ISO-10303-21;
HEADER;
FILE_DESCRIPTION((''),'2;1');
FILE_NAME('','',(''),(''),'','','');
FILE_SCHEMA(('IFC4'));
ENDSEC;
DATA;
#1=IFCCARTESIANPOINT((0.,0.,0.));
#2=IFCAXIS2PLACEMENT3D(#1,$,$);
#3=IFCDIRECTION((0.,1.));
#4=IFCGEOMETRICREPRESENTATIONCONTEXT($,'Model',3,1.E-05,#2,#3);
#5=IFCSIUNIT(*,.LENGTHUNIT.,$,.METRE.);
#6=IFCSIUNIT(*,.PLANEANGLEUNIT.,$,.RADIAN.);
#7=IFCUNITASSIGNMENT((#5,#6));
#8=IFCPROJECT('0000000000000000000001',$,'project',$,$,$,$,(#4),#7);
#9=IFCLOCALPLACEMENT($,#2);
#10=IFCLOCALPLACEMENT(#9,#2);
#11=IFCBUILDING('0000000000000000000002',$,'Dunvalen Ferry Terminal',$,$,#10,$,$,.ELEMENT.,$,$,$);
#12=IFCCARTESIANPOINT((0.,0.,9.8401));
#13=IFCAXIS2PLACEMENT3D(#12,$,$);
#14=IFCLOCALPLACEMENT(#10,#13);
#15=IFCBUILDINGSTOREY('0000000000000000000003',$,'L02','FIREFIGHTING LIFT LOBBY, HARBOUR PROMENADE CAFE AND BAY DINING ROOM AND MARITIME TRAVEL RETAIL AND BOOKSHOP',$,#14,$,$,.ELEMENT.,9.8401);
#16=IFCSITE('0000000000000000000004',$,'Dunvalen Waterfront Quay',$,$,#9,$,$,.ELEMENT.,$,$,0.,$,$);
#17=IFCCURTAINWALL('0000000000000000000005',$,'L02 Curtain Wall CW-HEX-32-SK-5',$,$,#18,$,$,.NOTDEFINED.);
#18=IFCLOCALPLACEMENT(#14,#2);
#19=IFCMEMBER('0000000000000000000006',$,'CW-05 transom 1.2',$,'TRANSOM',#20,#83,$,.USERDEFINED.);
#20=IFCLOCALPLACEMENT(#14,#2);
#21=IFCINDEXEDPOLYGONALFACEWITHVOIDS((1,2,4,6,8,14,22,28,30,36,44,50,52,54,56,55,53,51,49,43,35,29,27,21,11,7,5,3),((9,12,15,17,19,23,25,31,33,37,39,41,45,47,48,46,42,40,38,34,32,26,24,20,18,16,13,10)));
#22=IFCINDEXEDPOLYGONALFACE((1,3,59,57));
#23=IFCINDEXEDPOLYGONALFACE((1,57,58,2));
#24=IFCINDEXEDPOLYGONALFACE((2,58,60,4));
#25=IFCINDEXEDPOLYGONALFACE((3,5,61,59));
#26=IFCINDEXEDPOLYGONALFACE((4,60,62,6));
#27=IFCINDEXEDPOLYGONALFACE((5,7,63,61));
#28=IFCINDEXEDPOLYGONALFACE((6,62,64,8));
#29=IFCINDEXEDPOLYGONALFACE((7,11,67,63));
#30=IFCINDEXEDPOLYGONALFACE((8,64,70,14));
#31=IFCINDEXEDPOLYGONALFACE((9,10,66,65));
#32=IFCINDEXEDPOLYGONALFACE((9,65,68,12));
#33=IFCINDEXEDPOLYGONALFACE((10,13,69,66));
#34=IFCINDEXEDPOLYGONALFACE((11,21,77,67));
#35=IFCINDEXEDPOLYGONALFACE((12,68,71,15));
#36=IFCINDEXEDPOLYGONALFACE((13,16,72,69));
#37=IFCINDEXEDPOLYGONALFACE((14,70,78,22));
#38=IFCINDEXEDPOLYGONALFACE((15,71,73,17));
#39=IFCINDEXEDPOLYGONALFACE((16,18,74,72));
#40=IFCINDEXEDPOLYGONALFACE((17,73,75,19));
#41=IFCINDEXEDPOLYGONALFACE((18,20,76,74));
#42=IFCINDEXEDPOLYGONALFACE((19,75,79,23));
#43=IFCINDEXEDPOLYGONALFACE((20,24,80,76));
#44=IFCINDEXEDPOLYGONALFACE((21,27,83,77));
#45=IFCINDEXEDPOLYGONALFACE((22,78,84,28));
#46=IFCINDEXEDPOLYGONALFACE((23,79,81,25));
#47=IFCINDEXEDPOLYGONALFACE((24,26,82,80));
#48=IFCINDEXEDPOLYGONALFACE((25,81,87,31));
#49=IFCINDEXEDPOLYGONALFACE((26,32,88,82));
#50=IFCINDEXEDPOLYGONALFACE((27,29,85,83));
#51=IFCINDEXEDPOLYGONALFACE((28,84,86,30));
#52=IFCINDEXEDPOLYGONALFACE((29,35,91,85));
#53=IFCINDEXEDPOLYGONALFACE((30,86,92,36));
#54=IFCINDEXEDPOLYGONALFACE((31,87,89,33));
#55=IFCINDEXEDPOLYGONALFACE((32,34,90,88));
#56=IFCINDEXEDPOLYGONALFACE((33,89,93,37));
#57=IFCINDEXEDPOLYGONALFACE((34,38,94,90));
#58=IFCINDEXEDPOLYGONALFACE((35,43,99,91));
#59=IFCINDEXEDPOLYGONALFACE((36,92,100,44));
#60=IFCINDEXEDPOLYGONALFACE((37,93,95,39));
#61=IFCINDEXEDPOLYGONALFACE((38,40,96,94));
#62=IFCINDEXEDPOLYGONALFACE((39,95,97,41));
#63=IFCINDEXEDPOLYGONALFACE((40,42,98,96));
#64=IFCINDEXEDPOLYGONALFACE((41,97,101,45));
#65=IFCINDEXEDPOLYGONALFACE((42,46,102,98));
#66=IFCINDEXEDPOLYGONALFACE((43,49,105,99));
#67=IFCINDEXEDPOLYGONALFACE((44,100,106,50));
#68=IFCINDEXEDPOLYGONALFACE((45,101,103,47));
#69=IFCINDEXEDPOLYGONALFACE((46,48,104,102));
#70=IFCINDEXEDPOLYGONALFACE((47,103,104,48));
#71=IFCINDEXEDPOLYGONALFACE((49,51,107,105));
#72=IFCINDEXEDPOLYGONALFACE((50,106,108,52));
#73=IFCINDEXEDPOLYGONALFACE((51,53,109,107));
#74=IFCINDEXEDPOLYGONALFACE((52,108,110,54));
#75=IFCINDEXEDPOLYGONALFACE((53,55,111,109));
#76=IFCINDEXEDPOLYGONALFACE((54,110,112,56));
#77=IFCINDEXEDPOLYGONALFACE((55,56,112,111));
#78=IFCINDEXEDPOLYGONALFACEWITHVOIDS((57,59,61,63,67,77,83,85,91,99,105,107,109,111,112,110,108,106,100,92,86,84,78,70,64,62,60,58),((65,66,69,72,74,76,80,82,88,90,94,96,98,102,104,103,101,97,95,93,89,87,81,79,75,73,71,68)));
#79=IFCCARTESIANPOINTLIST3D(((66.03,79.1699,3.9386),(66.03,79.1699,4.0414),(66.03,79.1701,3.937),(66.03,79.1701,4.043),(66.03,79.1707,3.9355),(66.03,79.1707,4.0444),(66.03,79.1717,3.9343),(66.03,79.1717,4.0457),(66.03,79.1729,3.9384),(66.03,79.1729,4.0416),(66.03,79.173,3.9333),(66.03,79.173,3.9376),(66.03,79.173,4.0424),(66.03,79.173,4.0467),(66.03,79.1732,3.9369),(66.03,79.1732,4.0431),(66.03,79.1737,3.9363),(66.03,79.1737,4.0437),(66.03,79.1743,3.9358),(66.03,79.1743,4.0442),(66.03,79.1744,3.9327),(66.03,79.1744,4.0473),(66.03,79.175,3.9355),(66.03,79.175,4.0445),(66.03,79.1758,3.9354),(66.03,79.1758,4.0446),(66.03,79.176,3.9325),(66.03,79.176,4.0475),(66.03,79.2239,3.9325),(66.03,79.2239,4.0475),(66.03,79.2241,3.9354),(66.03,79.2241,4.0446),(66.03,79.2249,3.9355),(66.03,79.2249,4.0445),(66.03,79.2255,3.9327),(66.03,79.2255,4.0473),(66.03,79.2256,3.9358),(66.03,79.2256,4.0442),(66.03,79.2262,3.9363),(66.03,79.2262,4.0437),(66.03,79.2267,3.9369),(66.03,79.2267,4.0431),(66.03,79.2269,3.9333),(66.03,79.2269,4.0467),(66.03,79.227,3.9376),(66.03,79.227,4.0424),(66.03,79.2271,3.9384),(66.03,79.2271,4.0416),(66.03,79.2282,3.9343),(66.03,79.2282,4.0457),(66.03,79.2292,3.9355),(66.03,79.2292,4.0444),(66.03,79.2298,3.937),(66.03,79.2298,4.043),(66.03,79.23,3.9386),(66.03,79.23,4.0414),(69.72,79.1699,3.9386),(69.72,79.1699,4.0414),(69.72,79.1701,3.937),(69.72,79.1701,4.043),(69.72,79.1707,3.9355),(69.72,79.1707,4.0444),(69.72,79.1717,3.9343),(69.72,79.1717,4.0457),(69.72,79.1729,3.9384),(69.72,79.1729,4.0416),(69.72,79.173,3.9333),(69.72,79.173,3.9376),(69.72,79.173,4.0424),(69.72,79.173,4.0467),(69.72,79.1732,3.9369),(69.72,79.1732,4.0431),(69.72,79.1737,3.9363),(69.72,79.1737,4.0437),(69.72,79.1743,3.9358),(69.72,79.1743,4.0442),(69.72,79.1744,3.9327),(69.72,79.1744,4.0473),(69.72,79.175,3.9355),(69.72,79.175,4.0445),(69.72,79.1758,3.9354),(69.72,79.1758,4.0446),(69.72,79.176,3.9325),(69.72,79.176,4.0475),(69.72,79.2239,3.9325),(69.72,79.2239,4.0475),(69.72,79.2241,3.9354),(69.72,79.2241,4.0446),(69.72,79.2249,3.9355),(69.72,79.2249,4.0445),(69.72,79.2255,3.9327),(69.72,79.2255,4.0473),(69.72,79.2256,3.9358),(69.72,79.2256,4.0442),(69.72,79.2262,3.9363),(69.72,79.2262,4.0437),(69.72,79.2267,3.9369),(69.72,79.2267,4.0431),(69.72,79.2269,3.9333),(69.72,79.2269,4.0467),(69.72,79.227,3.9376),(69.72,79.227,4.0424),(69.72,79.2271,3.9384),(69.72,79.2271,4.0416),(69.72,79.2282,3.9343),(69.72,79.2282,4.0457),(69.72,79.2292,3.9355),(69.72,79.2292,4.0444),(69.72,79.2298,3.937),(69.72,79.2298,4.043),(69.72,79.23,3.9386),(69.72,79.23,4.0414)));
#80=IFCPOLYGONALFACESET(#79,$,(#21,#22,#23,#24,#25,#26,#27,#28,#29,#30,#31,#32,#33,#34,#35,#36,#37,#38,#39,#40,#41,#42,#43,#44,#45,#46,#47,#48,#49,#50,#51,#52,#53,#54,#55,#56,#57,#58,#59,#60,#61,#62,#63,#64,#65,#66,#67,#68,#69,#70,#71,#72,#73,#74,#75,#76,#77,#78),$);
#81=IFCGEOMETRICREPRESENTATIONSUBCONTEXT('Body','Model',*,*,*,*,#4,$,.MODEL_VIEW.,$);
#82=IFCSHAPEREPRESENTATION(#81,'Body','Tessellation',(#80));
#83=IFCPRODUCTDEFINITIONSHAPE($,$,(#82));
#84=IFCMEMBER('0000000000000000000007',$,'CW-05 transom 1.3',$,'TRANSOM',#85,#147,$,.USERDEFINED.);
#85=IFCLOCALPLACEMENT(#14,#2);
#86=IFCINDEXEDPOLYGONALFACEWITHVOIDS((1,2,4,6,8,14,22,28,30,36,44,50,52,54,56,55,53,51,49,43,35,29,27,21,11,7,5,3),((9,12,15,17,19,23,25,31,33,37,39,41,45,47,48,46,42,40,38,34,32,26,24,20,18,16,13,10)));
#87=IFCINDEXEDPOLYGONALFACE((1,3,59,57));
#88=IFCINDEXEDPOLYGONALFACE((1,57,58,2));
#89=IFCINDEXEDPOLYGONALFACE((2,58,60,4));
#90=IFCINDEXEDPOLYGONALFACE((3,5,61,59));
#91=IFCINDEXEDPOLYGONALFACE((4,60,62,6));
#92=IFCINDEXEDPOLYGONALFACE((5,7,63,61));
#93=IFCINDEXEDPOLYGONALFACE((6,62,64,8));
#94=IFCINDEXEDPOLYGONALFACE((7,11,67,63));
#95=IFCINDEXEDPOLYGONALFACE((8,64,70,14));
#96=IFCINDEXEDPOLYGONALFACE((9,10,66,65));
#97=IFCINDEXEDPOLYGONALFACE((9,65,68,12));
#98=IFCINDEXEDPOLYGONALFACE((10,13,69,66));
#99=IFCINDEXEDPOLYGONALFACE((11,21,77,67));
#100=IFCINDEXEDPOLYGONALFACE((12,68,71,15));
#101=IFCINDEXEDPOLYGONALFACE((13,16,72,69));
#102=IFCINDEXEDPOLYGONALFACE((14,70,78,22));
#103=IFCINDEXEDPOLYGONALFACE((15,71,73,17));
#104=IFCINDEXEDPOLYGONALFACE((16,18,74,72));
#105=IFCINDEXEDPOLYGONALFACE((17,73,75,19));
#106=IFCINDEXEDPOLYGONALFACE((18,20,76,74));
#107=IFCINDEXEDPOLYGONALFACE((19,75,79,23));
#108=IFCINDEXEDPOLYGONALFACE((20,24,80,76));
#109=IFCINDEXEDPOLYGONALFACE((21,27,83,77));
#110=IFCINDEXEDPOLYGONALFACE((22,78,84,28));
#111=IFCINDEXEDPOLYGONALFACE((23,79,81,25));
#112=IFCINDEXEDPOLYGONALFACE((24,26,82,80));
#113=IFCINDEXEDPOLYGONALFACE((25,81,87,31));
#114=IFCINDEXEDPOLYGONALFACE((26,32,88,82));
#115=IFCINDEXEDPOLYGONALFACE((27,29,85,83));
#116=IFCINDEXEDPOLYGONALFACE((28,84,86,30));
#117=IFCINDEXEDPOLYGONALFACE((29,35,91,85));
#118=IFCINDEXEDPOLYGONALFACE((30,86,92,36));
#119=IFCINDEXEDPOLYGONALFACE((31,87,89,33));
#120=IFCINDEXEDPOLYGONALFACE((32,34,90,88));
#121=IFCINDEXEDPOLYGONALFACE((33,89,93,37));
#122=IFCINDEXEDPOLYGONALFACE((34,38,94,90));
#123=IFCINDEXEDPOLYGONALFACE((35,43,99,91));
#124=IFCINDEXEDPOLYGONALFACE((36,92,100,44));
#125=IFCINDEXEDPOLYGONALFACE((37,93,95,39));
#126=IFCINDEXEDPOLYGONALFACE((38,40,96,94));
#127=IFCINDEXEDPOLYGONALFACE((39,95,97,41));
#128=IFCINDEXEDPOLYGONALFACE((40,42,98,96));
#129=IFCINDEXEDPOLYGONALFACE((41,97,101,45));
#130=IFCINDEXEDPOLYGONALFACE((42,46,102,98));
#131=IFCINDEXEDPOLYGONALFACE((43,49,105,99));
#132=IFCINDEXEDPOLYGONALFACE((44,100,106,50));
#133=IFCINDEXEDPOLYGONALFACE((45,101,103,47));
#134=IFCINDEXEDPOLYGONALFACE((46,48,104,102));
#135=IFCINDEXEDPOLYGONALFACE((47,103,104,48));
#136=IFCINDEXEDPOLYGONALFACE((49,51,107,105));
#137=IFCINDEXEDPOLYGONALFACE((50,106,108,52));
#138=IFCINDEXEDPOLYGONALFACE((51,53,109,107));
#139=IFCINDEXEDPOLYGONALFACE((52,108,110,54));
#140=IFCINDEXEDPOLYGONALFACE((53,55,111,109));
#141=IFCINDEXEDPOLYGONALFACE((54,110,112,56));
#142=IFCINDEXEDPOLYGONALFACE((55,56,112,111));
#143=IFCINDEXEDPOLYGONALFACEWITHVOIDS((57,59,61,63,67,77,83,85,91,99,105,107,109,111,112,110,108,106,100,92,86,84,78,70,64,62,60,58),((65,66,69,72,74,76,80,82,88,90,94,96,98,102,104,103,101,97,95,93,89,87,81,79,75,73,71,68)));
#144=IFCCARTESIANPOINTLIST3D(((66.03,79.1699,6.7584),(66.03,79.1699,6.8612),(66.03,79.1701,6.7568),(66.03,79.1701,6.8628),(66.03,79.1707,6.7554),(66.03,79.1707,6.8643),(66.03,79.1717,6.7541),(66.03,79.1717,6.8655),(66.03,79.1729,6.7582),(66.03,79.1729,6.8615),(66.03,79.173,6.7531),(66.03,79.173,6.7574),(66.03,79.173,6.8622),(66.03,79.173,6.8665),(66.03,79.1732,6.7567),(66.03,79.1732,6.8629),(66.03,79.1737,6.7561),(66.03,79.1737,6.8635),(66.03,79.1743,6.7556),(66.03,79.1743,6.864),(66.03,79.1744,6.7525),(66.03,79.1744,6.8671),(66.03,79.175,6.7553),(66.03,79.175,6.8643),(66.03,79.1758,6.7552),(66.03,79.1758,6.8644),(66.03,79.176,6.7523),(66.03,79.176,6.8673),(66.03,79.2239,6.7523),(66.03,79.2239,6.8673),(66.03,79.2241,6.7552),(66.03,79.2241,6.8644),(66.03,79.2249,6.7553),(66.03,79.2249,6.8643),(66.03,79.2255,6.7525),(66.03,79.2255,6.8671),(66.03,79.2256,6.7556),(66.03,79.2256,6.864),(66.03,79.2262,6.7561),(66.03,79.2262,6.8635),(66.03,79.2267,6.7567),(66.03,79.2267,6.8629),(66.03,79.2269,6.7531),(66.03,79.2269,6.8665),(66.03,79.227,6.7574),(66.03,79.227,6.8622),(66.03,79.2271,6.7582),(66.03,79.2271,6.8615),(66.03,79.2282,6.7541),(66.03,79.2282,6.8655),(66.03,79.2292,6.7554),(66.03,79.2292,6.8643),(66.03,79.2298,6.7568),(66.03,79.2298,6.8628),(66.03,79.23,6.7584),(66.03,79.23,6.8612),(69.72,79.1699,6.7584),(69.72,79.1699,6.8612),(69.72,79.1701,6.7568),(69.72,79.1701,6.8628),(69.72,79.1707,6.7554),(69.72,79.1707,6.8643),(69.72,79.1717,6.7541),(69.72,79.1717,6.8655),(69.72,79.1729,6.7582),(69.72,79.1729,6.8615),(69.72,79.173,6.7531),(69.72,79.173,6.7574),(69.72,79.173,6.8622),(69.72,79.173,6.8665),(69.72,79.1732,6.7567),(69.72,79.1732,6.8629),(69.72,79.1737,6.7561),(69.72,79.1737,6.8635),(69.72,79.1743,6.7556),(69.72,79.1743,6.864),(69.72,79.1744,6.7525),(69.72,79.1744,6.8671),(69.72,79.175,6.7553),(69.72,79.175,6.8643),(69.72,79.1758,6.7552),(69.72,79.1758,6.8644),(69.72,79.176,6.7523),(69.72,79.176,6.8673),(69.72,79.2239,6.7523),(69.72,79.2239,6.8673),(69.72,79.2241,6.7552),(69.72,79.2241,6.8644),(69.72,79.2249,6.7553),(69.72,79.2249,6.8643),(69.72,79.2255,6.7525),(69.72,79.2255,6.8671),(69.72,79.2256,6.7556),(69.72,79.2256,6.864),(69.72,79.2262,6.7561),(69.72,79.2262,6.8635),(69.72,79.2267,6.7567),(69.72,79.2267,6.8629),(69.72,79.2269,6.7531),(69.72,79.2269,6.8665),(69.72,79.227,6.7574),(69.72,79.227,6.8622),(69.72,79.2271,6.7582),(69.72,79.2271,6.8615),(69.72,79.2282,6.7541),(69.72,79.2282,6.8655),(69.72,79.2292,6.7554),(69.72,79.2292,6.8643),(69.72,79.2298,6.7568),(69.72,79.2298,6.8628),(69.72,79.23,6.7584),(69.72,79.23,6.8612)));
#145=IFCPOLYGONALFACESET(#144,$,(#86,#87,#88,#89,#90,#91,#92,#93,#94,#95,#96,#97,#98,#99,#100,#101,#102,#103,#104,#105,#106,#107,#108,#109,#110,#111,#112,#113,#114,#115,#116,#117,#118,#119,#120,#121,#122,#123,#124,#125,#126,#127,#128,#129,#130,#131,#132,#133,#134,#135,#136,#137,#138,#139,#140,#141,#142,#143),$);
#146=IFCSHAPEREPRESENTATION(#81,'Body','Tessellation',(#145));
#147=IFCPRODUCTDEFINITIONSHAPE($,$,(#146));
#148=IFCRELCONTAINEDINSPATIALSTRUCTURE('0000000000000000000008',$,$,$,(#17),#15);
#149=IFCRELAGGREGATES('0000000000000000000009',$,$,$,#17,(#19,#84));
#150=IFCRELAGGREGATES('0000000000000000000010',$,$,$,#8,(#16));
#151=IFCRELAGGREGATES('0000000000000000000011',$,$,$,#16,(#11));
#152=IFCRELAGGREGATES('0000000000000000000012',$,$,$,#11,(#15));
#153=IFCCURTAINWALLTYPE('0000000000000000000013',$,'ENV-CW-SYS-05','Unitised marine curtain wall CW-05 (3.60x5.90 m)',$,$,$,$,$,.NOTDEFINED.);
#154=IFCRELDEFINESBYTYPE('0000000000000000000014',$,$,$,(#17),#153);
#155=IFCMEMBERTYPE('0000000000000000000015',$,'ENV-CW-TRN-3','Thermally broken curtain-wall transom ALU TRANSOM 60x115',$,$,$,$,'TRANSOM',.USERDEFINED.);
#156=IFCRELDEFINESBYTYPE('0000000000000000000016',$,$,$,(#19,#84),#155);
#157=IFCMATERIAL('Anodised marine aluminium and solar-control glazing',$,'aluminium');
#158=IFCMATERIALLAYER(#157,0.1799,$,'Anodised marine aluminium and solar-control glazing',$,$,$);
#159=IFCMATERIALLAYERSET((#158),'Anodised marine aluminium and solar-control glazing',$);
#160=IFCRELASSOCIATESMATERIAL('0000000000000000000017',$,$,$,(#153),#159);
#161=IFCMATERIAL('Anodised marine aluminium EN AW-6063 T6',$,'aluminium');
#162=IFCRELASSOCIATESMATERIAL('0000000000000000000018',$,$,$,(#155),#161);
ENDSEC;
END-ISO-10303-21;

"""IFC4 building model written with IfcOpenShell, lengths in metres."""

from ifc_helpers import new_model, si_unit, direction, frame, origin, origin_2d, place, context, subcontext, project, spatial, hollow_rectangle, extrude, material, layer, layer_set, material_profile, profile_set, type_object, element, aggregate, save


model = new_model("IFC4")

# Units and contexts
model_context = context("Model", 3, precision=1e-05, world=origin(), true_north=direction((0.0, 1.0)))
body_context = subcontext(model_context, "Body", "Model", "MODEL_VIEW")
ifc_project = project(units=[si_unit("LENGTHUNIT", "METRE"), si_unit("PLANEANGLEUNIT", "RADIAN")], contexts=[model_context])

# Site, building, storey
site_placement = place(None, origin())
site = spatial("IfcSite", under=ifc_project, at=site_placement, Name="Dunvalen Waterfront Quay", CompositionType="ELEMENT", RefElevation=0.0)
building_placement = place(site_placement, origin())
building = spatial("IfcBuilding", under=site, at=building_placement, Name="Dunvalen Ferry Terminal", CompositionType="ELEMENT")
storey_placement = place(building_placement, frame((0.0, 0.0, 9.8401)))
storey = spatial("IfcBuildingStorey", under=building, at=storey_placement, Name="L02", Description="FIREFIGHTING LIFT LOBBY, HARBOUR PROMENADE CAFE AND BAY DINING ROOM AND MARITIME TRAVEL RETAIL AND BOOKSHOP", CompositionType="ELEMENT", Elevation=9.8401)

# Curtain wall, members
ifc_material_1 = material(Name="Anodised marine aluminium and solar-control glazing", Category="aluminium")
ifc_layer_1 = layer(ifc_material_1, 0.1799, Name="Anodised marine aluminium and solar-control glazing")
ifc_layer_set_1 = layer_set([ifc_layer_1], Name="Anodised marine aluminium and solar-control glazing")
curtain_wall_type = type_object("IfcCurtainWallType", Name="ENV-CW-SYS-05", Description="Unitised marine curtain wall CW-05 (3.60x5.90 m)", PredefinedType="NOTDEFINED", material=ifc_layer_set_1)
curtain_wall_placement = place(storey_placement, origin())
curtain_wall = element("IfcCurtainWall", 1, at=curtain_wall_placement, inside=storey, type_object=curtain_wall_type, Name="L02 Curtain Wall CW-HEX-32-SK-5", PredefinedType="NOTDEFINED")
ifc_material_2 = material(Name="Anodised marine aluminium EN AW-6063 T6", Category="aluminium")
ifc_material_profile_1 = material_profile(ifc_material_2, hollow_rectangle(XDim=0.0601, YDim=0.115, WallThickness=0.0029, InnerFilletRadius=0.0029, OuterFilletRadius=0.0061, at=origin_2d()), Name="Anodised marine aluminium EN AW-6063 T6")
ifc_profile_set_1 = profile_set([ifc_material_profile_1], Name="Anodised marine aluminium EN AW-6063 T6")
member_type_1 = type_object("IfcMemberType", Name="ENV-CW-TRN-3", Description="Thermally broken curtain-wall transom ALU TRANSOM 60x115", ElementType="TRANSOM", PredefinedType="USERDEFINED", material=ifc_profile_set_1)
member_1_placement = place(storey_placement, frame((69.72, 79.2, 3.99), z_axis=(-1.0, 0.0, 0.0), x_axis=(0.0, -1.0, 0.0)))
member_1 = element("IfcMember", 2, at=member_1_placement, type_object=member_type_1, Name="CW-05 transom 1.2", ObjectType="TRANSOM", PredefinedType="USERDEFINED", context=body_context, shape_type="SweptSolid", body=[
    extrude(hollow_rectangle(XDim=0.0601, YDim=0.115, WallThickness=0.0029, InnerFilletRadius=0.0029, OuterFilletRadius=0.0061, at=origin_2d()), origin(), (0.0, 0.0, 1.0), 3.6899),
])
member_2_placement = place(storey_placement, frame((69.72, 79.2, 6.8098), z_axis=(-1.0, 0.0, 0.0), x_axis=(0.0, -1.0, 0.0)))
member_2 = element("IfcMember", 3, at=member_2_placement, type_object=member_type_1, Name="CW-05 transom 1.3", ObjectType="TRANSOM", PredefinedType="USERDEFINED", context=body_context, shape_type="SweptSolid", body=[
    extrude(hollow_rectangle(XDim=0.0601, YDim=0.115, WallThickness=0.0029, InnerFilletRadius=0.0029, OuterFilletRadius=0.0061, at=origin_2d()), origin(), (0.0, 0.0, 1.0), 3.6899),
])

aggregate(curtain_wall, [member_1, member_2])

save(model, "model.ifc")
